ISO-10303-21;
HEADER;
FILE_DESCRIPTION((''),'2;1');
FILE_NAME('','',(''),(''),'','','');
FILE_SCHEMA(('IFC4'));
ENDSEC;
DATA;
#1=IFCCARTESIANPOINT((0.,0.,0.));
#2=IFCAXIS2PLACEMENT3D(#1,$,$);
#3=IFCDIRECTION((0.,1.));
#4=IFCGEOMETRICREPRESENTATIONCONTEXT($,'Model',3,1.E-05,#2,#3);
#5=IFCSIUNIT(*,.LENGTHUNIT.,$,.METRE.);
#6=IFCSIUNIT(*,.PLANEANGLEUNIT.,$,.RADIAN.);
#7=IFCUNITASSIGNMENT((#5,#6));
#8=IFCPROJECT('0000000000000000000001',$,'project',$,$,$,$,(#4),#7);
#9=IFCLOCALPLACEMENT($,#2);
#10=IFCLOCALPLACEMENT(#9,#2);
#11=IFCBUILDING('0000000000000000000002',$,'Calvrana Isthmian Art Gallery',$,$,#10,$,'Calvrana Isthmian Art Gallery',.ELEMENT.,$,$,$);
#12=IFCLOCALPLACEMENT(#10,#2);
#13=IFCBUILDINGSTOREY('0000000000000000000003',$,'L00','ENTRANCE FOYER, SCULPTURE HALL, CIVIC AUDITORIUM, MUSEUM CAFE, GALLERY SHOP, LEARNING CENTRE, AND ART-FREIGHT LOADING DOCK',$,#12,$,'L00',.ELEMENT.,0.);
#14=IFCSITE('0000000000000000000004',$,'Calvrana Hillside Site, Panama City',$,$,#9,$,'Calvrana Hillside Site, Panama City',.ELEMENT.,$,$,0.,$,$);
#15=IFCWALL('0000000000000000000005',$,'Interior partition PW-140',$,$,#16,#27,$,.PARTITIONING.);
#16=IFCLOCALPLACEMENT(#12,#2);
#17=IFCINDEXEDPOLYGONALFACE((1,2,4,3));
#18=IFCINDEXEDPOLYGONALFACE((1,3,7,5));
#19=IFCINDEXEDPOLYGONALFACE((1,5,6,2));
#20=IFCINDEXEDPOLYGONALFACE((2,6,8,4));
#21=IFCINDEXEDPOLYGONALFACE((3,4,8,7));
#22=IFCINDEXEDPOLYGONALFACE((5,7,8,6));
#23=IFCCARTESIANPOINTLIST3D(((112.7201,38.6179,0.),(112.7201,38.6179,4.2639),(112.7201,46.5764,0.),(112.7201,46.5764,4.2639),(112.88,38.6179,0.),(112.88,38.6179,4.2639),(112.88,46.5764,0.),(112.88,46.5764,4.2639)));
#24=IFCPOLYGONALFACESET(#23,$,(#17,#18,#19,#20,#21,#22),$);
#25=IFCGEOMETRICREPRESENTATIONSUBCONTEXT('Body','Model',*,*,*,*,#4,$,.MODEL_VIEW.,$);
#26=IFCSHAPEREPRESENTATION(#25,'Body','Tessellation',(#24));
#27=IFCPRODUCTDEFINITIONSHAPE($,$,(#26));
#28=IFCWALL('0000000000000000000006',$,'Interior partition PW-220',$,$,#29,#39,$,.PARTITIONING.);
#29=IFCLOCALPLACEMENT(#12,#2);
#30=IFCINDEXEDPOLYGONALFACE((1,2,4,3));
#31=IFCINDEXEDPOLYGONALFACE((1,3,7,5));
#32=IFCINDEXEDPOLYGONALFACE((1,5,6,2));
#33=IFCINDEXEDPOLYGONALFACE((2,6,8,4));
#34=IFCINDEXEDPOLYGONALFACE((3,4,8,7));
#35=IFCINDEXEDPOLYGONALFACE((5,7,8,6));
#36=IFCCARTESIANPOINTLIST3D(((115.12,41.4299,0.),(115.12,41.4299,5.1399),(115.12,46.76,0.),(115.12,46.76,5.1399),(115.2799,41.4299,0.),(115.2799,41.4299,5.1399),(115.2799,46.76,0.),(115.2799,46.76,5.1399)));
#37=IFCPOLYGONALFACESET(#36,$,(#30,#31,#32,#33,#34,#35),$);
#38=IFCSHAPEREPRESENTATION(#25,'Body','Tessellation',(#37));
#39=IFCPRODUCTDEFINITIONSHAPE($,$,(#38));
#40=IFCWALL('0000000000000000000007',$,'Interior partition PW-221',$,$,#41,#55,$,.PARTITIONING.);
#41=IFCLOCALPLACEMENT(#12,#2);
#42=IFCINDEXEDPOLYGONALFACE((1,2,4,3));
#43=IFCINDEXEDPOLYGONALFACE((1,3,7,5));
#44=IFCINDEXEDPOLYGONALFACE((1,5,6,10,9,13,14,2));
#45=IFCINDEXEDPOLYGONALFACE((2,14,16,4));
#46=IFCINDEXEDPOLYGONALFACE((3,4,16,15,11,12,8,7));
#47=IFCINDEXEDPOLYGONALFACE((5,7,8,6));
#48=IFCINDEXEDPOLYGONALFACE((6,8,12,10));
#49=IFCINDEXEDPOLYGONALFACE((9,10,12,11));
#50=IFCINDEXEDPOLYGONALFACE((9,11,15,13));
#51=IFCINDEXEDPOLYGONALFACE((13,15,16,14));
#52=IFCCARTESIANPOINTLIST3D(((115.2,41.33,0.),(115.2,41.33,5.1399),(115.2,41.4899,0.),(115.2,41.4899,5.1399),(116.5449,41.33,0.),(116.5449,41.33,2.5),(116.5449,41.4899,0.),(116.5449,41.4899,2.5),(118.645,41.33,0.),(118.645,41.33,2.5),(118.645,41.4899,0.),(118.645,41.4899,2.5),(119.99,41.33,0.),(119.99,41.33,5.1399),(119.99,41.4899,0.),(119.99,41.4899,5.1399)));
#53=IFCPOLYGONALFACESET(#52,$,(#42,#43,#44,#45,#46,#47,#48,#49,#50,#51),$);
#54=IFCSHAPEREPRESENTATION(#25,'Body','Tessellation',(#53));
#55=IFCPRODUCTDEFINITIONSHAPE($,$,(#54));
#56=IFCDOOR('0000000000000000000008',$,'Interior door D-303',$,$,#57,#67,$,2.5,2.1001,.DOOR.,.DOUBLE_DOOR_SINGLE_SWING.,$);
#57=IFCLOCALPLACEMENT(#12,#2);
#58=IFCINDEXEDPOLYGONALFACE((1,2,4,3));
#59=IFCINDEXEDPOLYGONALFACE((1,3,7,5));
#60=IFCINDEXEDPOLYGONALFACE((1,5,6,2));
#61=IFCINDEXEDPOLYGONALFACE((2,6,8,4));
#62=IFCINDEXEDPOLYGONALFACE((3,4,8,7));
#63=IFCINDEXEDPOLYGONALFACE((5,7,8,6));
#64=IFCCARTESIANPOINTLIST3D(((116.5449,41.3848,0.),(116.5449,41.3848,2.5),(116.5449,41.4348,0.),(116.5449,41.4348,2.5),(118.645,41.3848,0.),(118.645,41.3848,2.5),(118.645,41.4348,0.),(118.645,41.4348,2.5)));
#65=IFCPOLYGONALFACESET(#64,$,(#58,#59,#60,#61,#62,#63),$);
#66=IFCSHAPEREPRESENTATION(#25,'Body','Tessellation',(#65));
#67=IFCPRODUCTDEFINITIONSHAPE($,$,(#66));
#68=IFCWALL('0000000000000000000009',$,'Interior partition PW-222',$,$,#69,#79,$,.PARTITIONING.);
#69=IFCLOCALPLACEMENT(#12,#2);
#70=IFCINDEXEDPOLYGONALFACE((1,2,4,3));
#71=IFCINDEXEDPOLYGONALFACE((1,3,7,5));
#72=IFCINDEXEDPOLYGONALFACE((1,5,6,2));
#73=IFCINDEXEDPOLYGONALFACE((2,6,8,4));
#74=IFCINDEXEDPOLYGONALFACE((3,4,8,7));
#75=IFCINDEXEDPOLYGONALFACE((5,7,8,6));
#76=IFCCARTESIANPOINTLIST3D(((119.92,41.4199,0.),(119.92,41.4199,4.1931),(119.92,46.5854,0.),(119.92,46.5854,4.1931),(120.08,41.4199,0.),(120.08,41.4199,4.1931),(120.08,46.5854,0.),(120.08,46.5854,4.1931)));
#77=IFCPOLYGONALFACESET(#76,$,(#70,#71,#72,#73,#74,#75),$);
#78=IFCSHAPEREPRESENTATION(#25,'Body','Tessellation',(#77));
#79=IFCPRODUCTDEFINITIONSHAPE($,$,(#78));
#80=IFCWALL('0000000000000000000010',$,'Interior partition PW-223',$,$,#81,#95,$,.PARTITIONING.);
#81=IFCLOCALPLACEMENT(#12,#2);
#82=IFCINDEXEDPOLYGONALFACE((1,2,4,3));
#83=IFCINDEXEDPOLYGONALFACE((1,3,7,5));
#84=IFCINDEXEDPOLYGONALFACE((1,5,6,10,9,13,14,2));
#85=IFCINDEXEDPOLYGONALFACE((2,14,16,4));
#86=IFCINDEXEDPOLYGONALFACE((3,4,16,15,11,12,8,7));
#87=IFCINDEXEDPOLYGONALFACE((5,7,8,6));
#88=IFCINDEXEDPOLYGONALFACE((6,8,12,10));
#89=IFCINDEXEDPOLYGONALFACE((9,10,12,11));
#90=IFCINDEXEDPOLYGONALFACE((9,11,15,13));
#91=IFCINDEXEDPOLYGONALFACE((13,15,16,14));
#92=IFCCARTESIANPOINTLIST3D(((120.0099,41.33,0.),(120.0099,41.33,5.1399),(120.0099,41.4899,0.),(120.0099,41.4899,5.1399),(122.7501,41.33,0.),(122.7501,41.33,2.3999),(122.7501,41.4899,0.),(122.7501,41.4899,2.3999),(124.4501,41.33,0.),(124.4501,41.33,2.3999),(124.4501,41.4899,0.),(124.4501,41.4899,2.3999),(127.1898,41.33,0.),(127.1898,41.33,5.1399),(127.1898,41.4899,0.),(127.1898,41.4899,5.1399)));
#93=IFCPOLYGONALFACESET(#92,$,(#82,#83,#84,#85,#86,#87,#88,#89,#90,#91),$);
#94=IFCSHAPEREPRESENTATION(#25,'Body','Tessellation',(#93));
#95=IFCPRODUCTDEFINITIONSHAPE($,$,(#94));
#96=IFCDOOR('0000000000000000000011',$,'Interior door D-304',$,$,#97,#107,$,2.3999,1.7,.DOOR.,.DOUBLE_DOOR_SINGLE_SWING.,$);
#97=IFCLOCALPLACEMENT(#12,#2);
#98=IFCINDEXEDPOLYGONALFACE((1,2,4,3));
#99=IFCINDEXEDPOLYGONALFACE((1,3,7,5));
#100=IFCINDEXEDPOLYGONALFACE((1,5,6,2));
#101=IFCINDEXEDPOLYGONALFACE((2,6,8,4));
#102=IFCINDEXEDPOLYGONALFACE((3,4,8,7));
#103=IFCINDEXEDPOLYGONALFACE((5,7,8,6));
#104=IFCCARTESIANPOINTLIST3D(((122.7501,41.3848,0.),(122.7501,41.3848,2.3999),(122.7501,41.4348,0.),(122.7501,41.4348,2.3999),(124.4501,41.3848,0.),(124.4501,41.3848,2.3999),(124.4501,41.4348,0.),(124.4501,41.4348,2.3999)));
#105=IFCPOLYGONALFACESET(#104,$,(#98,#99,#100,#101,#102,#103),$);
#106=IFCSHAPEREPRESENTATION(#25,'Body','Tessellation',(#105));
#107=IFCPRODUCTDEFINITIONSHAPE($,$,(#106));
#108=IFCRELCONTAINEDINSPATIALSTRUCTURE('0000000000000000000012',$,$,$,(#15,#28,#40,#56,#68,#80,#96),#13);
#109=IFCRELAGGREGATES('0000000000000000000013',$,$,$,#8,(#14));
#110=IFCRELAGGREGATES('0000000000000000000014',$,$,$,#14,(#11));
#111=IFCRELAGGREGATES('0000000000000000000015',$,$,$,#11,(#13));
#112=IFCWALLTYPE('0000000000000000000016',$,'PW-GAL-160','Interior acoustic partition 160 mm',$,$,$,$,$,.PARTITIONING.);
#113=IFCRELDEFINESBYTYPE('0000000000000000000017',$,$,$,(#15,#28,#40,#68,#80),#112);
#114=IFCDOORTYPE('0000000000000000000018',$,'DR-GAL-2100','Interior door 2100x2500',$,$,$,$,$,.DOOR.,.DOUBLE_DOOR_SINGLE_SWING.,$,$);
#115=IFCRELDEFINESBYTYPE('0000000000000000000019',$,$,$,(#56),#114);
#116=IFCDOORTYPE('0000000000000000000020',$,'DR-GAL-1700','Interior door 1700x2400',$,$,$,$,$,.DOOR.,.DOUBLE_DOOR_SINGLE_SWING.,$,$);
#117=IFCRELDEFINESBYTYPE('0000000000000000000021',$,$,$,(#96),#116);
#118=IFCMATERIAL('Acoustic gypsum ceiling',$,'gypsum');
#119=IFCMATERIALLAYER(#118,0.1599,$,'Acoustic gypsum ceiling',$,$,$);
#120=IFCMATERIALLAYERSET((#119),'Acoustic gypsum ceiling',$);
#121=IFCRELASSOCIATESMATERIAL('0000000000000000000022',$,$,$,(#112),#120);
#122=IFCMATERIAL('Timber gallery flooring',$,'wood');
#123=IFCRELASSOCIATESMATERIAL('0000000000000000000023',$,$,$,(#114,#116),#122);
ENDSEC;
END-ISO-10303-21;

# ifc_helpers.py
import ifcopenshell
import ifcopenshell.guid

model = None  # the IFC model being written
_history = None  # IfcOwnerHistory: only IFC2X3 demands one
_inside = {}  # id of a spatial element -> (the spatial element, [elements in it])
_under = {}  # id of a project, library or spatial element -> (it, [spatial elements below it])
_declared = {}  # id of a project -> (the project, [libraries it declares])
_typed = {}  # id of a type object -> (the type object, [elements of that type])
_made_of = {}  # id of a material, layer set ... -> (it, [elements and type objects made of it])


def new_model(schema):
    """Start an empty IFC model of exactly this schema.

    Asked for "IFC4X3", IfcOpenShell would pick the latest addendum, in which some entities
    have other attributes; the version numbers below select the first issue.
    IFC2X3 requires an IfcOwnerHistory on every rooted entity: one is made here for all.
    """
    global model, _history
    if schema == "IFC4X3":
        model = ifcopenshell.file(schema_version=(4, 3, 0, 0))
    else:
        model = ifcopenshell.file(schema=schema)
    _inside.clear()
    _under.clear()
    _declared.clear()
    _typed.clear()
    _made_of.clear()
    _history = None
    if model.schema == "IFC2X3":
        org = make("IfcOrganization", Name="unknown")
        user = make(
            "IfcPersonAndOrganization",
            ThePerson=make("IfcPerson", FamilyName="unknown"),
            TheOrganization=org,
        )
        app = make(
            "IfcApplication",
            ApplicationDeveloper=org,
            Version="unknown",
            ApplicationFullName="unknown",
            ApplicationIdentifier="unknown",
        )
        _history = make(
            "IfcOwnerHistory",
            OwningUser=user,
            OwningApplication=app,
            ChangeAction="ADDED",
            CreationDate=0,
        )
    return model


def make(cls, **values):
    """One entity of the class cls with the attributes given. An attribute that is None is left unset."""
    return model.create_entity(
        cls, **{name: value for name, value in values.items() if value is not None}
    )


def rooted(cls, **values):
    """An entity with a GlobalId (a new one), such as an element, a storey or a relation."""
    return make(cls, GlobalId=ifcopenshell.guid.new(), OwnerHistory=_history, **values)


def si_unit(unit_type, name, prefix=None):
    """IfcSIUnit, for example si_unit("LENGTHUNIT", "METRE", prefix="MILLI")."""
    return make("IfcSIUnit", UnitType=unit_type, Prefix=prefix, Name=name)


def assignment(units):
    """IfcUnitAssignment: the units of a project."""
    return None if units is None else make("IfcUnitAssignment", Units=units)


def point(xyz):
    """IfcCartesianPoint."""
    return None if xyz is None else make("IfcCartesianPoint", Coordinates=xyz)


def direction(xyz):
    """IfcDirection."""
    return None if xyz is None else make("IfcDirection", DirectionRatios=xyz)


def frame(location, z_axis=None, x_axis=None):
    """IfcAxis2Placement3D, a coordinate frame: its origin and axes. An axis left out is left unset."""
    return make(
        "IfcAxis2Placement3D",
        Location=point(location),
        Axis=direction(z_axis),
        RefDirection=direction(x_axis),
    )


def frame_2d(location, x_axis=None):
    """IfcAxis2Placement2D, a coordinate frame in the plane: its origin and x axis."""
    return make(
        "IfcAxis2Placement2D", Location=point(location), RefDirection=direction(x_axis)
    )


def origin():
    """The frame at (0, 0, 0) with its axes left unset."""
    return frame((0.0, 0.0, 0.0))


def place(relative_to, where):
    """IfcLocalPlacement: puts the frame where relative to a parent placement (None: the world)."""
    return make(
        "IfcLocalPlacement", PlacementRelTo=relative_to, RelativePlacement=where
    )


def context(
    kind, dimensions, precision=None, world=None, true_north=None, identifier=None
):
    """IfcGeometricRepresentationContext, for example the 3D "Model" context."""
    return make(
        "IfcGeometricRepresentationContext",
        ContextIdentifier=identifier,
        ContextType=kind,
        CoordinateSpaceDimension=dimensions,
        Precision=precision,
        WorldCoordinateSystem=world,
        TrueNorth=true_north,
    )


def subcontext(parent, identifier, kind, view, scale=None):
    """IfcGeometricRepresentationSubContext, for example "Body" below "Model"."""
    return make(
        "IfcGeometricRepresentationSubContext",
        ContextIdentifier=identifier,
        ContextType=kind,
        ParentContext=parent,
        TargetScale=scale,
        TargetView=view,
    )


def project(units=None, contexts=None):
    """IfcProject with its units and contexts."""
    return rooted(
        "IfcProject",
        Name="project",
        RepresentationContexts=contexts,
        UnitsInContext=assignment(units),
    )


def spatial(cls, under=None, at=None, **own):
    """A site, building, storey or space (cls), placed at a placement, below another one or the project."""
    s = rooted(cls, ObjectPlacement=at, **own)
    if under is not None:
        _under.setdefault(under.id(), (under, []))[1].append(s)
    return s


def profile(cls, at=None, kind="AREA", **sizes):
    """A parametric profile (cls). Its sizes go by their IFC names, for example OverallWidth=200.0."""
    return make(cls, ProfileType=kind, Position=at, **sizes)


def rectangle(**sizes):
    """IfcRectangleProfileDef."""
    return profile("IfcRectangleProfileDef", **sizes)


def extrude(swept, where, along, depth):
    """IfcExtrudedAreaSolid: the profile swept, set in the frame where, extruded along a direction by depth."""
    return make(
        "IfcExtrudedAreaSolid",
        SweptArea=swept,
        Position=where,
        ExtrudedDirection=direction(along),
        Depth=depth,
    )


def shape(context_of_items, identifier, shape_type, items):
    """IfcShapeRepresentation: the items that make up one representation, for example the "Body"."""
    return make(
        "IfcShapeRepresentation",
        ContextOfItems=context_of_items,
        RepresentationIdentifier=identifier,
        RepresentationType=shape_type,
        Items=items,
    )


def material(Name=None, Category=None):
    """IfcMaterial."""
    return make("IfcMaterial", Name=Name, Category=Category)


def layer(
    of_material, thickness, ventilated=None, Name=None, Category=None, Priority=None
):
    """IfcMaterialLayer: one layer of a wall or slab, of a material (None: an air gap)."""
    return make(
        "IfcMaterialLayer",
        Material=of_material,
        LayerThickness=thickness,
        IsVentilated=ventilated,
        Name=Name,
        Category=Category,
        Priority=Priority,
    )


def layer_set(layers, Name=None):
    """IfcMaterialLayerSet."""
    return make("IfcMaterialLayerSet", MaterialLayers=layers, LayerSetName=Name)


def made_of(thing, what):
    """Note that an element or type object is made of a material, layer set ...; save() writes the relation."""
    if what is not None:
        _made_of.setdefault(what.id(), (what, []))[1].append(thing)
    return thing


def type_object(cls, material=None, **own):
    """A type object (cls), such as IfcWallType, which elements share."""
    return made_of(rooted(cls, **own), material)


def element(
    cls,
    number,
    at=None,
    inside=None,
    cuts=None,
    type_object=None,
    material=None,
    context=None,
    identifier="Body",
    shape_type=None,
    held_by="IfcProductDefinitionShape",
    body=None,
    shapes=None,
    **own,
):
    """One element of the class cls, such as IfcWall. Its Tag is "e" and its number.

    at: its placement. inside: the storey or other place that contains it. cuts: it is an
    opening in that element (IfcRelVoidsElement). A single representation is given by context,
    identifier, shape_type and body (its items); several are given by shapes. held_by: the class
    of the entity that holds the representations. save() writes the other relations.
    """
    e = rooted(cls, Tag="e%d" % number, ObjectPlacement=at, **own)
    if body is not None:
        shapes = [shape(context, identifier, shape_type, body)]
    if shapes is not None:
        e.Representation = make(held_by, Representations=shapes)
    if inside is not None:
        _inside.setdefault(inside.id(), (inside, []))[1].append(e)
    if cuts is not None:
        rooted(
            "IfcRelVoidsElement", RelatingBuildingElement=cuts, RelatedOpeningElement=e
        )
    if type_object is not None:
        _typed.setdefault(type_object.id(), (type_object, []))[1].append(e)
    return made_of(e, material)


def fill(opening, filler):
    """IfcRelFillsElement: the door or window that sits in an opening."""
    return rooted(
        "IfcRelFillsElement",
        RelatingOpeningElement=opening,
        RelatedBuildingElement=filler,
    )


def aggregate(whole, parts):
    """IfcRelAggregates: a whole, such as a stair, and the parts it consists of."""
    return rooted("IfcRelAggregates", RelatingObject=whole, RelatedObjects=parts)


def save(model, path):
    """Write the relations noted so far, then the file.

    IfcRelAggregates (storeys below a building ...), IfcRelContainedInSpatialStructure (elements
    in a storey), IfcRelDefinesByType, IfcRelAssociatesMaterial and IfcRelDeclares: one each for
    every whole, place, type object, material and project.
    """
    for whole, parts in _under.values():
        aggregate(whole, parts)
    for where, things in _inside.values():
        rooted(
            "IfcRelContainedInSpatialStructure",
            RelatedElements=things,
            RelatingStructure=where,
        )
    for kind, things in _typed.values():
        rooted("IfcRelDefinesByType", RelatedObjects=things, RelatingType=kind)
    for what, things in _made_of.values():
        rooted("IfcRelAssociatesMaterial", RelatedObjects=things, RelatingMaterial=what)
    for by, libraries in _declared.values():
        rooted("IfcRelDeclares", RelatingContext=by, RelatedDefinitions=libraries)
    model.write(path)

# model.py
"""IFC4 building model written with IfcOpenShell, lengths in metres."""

from ifc_helpers import new_model, si_unit, direction, frame, frame_2d, origin, place, context, subcontext, project, spatial, rectangle, extrude, material, layer, layer_set, type_object, element, fill, save


model = new_model("IFC4")

# Units and contexts
model_context = context("Model", 3, precision=1e-05, world=origin(), true_north=direction((0.0, 1.0)))
body_context = subcontext(model_context, "Body", "Model", "MODEL_VIEW")
ifc_project = project(units=[si_unit("LENGTHUNIT", "METRE"), si_unit("PLANEANGLEUNIT", "RADIAN")], contexts=[model_context])

# Site, building, storey
site_placement = place(None, origin())
site = spatial("IfcSite", under=ifc_project, at=site_placement, Name="Calvrana Hillside Site, Panama City", LongName="Calvrana Hillside Site, Panama City", CompositionType="ELEMENT", RefElevation=0.0)
building_placement = place(site_placement, origin())
building = spatial("IfcBuilding", under=site, at=building_placement, Name="Calvrana Isthmian Art Gallery", LongName="Calvrana Isthmian Art Gallery", CompositionType="ELEMENT")
storey_placement = place(building_placement, origin())
storey = spatial("IfcBuildingStorey", under=building, at=storey_placement, Name="L00", Description="ENTRANCE FOYER, SCULPTURE HALL, CIVIC AUDITORIUM, MUSEUM CAFE, GALLERY SHOP, LEARNING CENTRE, AND ART-FREIGHT LOADING DOCK", LongName="L00", CompositionType="ELEMENT", Elevation=0.0)

# Walls
ifc_material_1 = material(Name="Acoustic gypsum ceiling", Category="gypsum")
ifc_layer_1 = layer(ifc_material_1, 0.1599, Name="Acoustic gypsum ceiling")
ifc_layer_set_1 = layer_set([ifc_layer_1], Name="Acoustic gypsum ceiling")
wall_type = type_object("IfcWallType", Name="PW-GAL-160", Description="Interior acoustic partition 160 mm", PredefinedType="PARTITIONING", material=ifc_layer_set_1)
wall_1_placement = place(storey_placement, frame((112.8, 38.6179, 0.0), z_axis=(0.0, 0.0, 1.0), x_axis=(0.0, 1.0, 0.0)))
element("IfcWall", 1, at=wall_1_placement, inside=storey, type_object=wall_type, Name="Interior partition PW-140", PredefinedType="PARTITIONING", context=body_context, shape_type="SweptSolid", body=[
    extrude(rectangle(XDim=7.9585, YDim=0.1599, at=frame_2d((3.9792, 0.0))), origin(), (0.0, 0.0, 1.0), 4.2639),
])
wall_2_placement = place(storey_placement, frame((115.2, 41.4299, 0.0), z_axis=(0.0, 0.0, 1.0), x_axis=(0.0, 1.0, 0.0)))
element("IfcWall", 2, at=wall_2_placement, inside=storey, type_object=wall_type, Name="Interior partition PW-220", PredefinedType="PARTITIONING", context=body_context, shape_type="SweptSolid", body=[
    extrude(rectangle(XDim=5.3301, YDim=0.1599, at=frame_2d((2.665, 0.0))), origin(), (0.0, 0.0, 1.0), 5.1399),
])

# Wall, opening, door
wall_3_placement = place(storey_placement, frame((115.2, 41.4099, 0.0), z_axis=(0.0, 0.0, 1.0), x_axis=(1.0, 0.0, 0.0)))
wall_3 = element("IfcWall", 3, at=wall_3_placement, inside=storey, type_object=wall_type, Name="Interior partition PW-221", PredefinedType="PARTITIONING", context=body_context, shape_type="SweptSolid", body=[
    extrude(rectangle(XDim=4.79, YDim=0.1599, at=frame_2d((2.395, 0.0))), origin(), (0.0, 0.0, 1.0), 5.1399),
])
opening_1_placement = place(wall_3_placement, frame((1.345, 0.0, 0.0)))
opening_1 = element("IfcOpeningElement", 4, at=opening_1_placement, cuts=wall_3, PredefinedType="OPENING", context=body_context, shape_type="SweptSolid", body=[
    extrude(rectangle(XDim=2.1001, YDim=2.5, at=frame_2d((1.05, 1.25))), frame((0.0, 0.0903, 0.0), z_axis=(0.0, -1.0, 0.0), x_axis=(1.0, 0.0, 0.0)), (0.0, 0.0, 1.0), 0.1804),
])
ifc_material_2 = material(Name="Timber gallery flooring", Category="wood")
door_type_1 = type_object("IfcDoorType", Name="DR-GAL-2100", Description="Interior door 2100x2500", OperationType="DOUBLE_DOOR_SINGLE_SWING", PredefinedType="DOOR", material=ifc_material_2)
door_1_placement = place(opening_1_placement, origin())
door_1 = element("IfcDoor", 5, at=door_1_placement, inside=storey, type_object=door_type_1, Name="Interior door D-303", OperationType="DOUBLE_DOOR_SINGLE_SWING", OverallHeight=2.5, OverallWidth=2.1001, PredefinedType="DOOR", context=body_context, shape_type="SweptSolid", body=[
    extrude(rectangle(XDim=2.1001, YDim=2.5, at=frame_2d((1.05, 1.25))), frame((0.0, 0.0249, 0.0), z_axis=(0.0, -1.0, 0.0), x_axis=(1.0, 0.0, 0.0)), (0.0, 0.0, 1.0), 0.05),
])
fill(opening_1, door_1)

# Wall
wall_4_placement = place(storey_placement, frame((120.0, 41.4199, 0.0), z_axis=(0.0, 0.0, 1.0), x_axis=(0.0, 1.0, 0.0)))
element("IfcWall", 6, at=wall_4_placement, inside=storey, type_object=wall_type, Name="Interior partition PW-222", PredefinedType="PARTITIONING", context=body_context, shape_type="SweptSolid", body=[
    extrude(rectangle(XDim=5.1655, YDim=0.1599, at=frame_2d((2.5828, 0.0))), origin(), (0.0, 0.0, 1.0), 4.1931),
])

# Wall, opening, door
wall_5_placement = place(storey_placement, frame((120.01, 41.4099, 0.0), z_axis=(0.0, 0.0, 1.0), x_axis=(1.0, 0.0, 0.0)))
wall_5 = element("IfcWall", 7, at=wall_5_placement, inside=storey, type_object=wall_type, Name="Interior partition PW-223", PredefinedType="PARTITIONING", context=body_context, shape_type="SweptSolid", body=[
    extrude(rectangle(XDim=7.1799, YDim=0.1599, at=frame_2d((3.5898, 0.0))), origin(), (0.0, 0.0, 1.0), 5.1399),
])
opening_2_placement = place(wall_5_placement, frame((2.74, 0.0, 0.0)))
opening_2 = element("IfcOpeningElement", 8, at=opening_2_placement, cuts=wall_5, PredefinedType="OPENING", context=body_context, shape_type="SweptSolid", body=[
    extrude(rectangle(XDim=1.7, YDim=2.3999, at=frame_2d((0.8501, 1.2))), frame((0.0, 0.0903, 0.0), z_axis=(0.0, -1.0, 0.0), x_axis=(1.0, 0.0, 0.0)), (0.0, 0.0, 1.0), 0.1804),
])
door_type_2 = type_object("IfcDoorType", Name="DR-GAL-1700", Description="Interior door 1700x2400", OperationType="DOUBLE_DOOR_SINGLE_SWING", PredefinedType="DOOR", material=ifc_material_2)
door_2_placement = place(opening_2_placement, origin())
door_2 = element("IfcDoor", 9, at=door_2_placement, inside=storey, type_object=door_type_2, Name="Interior door D-304", OperationType="DOUBLE_DOOR_SINGLE_SWING", OverallHeight=2.3999, OverallWidth=1.7, PredefinedType="DOOR", context=body_context, shape_type="SweptSolid", body=[
    extrude(rectangle(XDim=1.7, YDim=2.3999, at=frame_2d((0.8501, 1.2))), frame((0.0, 0.0249, 0.0), z_axis=(0.0, -1.0, 0.0), x_axis=(1.0, 0.0, 0.0)), (0.0, 0.0, 1.0), 0.05),
])
fill(opening_2, door_2)

save(model, "model.ifc")
